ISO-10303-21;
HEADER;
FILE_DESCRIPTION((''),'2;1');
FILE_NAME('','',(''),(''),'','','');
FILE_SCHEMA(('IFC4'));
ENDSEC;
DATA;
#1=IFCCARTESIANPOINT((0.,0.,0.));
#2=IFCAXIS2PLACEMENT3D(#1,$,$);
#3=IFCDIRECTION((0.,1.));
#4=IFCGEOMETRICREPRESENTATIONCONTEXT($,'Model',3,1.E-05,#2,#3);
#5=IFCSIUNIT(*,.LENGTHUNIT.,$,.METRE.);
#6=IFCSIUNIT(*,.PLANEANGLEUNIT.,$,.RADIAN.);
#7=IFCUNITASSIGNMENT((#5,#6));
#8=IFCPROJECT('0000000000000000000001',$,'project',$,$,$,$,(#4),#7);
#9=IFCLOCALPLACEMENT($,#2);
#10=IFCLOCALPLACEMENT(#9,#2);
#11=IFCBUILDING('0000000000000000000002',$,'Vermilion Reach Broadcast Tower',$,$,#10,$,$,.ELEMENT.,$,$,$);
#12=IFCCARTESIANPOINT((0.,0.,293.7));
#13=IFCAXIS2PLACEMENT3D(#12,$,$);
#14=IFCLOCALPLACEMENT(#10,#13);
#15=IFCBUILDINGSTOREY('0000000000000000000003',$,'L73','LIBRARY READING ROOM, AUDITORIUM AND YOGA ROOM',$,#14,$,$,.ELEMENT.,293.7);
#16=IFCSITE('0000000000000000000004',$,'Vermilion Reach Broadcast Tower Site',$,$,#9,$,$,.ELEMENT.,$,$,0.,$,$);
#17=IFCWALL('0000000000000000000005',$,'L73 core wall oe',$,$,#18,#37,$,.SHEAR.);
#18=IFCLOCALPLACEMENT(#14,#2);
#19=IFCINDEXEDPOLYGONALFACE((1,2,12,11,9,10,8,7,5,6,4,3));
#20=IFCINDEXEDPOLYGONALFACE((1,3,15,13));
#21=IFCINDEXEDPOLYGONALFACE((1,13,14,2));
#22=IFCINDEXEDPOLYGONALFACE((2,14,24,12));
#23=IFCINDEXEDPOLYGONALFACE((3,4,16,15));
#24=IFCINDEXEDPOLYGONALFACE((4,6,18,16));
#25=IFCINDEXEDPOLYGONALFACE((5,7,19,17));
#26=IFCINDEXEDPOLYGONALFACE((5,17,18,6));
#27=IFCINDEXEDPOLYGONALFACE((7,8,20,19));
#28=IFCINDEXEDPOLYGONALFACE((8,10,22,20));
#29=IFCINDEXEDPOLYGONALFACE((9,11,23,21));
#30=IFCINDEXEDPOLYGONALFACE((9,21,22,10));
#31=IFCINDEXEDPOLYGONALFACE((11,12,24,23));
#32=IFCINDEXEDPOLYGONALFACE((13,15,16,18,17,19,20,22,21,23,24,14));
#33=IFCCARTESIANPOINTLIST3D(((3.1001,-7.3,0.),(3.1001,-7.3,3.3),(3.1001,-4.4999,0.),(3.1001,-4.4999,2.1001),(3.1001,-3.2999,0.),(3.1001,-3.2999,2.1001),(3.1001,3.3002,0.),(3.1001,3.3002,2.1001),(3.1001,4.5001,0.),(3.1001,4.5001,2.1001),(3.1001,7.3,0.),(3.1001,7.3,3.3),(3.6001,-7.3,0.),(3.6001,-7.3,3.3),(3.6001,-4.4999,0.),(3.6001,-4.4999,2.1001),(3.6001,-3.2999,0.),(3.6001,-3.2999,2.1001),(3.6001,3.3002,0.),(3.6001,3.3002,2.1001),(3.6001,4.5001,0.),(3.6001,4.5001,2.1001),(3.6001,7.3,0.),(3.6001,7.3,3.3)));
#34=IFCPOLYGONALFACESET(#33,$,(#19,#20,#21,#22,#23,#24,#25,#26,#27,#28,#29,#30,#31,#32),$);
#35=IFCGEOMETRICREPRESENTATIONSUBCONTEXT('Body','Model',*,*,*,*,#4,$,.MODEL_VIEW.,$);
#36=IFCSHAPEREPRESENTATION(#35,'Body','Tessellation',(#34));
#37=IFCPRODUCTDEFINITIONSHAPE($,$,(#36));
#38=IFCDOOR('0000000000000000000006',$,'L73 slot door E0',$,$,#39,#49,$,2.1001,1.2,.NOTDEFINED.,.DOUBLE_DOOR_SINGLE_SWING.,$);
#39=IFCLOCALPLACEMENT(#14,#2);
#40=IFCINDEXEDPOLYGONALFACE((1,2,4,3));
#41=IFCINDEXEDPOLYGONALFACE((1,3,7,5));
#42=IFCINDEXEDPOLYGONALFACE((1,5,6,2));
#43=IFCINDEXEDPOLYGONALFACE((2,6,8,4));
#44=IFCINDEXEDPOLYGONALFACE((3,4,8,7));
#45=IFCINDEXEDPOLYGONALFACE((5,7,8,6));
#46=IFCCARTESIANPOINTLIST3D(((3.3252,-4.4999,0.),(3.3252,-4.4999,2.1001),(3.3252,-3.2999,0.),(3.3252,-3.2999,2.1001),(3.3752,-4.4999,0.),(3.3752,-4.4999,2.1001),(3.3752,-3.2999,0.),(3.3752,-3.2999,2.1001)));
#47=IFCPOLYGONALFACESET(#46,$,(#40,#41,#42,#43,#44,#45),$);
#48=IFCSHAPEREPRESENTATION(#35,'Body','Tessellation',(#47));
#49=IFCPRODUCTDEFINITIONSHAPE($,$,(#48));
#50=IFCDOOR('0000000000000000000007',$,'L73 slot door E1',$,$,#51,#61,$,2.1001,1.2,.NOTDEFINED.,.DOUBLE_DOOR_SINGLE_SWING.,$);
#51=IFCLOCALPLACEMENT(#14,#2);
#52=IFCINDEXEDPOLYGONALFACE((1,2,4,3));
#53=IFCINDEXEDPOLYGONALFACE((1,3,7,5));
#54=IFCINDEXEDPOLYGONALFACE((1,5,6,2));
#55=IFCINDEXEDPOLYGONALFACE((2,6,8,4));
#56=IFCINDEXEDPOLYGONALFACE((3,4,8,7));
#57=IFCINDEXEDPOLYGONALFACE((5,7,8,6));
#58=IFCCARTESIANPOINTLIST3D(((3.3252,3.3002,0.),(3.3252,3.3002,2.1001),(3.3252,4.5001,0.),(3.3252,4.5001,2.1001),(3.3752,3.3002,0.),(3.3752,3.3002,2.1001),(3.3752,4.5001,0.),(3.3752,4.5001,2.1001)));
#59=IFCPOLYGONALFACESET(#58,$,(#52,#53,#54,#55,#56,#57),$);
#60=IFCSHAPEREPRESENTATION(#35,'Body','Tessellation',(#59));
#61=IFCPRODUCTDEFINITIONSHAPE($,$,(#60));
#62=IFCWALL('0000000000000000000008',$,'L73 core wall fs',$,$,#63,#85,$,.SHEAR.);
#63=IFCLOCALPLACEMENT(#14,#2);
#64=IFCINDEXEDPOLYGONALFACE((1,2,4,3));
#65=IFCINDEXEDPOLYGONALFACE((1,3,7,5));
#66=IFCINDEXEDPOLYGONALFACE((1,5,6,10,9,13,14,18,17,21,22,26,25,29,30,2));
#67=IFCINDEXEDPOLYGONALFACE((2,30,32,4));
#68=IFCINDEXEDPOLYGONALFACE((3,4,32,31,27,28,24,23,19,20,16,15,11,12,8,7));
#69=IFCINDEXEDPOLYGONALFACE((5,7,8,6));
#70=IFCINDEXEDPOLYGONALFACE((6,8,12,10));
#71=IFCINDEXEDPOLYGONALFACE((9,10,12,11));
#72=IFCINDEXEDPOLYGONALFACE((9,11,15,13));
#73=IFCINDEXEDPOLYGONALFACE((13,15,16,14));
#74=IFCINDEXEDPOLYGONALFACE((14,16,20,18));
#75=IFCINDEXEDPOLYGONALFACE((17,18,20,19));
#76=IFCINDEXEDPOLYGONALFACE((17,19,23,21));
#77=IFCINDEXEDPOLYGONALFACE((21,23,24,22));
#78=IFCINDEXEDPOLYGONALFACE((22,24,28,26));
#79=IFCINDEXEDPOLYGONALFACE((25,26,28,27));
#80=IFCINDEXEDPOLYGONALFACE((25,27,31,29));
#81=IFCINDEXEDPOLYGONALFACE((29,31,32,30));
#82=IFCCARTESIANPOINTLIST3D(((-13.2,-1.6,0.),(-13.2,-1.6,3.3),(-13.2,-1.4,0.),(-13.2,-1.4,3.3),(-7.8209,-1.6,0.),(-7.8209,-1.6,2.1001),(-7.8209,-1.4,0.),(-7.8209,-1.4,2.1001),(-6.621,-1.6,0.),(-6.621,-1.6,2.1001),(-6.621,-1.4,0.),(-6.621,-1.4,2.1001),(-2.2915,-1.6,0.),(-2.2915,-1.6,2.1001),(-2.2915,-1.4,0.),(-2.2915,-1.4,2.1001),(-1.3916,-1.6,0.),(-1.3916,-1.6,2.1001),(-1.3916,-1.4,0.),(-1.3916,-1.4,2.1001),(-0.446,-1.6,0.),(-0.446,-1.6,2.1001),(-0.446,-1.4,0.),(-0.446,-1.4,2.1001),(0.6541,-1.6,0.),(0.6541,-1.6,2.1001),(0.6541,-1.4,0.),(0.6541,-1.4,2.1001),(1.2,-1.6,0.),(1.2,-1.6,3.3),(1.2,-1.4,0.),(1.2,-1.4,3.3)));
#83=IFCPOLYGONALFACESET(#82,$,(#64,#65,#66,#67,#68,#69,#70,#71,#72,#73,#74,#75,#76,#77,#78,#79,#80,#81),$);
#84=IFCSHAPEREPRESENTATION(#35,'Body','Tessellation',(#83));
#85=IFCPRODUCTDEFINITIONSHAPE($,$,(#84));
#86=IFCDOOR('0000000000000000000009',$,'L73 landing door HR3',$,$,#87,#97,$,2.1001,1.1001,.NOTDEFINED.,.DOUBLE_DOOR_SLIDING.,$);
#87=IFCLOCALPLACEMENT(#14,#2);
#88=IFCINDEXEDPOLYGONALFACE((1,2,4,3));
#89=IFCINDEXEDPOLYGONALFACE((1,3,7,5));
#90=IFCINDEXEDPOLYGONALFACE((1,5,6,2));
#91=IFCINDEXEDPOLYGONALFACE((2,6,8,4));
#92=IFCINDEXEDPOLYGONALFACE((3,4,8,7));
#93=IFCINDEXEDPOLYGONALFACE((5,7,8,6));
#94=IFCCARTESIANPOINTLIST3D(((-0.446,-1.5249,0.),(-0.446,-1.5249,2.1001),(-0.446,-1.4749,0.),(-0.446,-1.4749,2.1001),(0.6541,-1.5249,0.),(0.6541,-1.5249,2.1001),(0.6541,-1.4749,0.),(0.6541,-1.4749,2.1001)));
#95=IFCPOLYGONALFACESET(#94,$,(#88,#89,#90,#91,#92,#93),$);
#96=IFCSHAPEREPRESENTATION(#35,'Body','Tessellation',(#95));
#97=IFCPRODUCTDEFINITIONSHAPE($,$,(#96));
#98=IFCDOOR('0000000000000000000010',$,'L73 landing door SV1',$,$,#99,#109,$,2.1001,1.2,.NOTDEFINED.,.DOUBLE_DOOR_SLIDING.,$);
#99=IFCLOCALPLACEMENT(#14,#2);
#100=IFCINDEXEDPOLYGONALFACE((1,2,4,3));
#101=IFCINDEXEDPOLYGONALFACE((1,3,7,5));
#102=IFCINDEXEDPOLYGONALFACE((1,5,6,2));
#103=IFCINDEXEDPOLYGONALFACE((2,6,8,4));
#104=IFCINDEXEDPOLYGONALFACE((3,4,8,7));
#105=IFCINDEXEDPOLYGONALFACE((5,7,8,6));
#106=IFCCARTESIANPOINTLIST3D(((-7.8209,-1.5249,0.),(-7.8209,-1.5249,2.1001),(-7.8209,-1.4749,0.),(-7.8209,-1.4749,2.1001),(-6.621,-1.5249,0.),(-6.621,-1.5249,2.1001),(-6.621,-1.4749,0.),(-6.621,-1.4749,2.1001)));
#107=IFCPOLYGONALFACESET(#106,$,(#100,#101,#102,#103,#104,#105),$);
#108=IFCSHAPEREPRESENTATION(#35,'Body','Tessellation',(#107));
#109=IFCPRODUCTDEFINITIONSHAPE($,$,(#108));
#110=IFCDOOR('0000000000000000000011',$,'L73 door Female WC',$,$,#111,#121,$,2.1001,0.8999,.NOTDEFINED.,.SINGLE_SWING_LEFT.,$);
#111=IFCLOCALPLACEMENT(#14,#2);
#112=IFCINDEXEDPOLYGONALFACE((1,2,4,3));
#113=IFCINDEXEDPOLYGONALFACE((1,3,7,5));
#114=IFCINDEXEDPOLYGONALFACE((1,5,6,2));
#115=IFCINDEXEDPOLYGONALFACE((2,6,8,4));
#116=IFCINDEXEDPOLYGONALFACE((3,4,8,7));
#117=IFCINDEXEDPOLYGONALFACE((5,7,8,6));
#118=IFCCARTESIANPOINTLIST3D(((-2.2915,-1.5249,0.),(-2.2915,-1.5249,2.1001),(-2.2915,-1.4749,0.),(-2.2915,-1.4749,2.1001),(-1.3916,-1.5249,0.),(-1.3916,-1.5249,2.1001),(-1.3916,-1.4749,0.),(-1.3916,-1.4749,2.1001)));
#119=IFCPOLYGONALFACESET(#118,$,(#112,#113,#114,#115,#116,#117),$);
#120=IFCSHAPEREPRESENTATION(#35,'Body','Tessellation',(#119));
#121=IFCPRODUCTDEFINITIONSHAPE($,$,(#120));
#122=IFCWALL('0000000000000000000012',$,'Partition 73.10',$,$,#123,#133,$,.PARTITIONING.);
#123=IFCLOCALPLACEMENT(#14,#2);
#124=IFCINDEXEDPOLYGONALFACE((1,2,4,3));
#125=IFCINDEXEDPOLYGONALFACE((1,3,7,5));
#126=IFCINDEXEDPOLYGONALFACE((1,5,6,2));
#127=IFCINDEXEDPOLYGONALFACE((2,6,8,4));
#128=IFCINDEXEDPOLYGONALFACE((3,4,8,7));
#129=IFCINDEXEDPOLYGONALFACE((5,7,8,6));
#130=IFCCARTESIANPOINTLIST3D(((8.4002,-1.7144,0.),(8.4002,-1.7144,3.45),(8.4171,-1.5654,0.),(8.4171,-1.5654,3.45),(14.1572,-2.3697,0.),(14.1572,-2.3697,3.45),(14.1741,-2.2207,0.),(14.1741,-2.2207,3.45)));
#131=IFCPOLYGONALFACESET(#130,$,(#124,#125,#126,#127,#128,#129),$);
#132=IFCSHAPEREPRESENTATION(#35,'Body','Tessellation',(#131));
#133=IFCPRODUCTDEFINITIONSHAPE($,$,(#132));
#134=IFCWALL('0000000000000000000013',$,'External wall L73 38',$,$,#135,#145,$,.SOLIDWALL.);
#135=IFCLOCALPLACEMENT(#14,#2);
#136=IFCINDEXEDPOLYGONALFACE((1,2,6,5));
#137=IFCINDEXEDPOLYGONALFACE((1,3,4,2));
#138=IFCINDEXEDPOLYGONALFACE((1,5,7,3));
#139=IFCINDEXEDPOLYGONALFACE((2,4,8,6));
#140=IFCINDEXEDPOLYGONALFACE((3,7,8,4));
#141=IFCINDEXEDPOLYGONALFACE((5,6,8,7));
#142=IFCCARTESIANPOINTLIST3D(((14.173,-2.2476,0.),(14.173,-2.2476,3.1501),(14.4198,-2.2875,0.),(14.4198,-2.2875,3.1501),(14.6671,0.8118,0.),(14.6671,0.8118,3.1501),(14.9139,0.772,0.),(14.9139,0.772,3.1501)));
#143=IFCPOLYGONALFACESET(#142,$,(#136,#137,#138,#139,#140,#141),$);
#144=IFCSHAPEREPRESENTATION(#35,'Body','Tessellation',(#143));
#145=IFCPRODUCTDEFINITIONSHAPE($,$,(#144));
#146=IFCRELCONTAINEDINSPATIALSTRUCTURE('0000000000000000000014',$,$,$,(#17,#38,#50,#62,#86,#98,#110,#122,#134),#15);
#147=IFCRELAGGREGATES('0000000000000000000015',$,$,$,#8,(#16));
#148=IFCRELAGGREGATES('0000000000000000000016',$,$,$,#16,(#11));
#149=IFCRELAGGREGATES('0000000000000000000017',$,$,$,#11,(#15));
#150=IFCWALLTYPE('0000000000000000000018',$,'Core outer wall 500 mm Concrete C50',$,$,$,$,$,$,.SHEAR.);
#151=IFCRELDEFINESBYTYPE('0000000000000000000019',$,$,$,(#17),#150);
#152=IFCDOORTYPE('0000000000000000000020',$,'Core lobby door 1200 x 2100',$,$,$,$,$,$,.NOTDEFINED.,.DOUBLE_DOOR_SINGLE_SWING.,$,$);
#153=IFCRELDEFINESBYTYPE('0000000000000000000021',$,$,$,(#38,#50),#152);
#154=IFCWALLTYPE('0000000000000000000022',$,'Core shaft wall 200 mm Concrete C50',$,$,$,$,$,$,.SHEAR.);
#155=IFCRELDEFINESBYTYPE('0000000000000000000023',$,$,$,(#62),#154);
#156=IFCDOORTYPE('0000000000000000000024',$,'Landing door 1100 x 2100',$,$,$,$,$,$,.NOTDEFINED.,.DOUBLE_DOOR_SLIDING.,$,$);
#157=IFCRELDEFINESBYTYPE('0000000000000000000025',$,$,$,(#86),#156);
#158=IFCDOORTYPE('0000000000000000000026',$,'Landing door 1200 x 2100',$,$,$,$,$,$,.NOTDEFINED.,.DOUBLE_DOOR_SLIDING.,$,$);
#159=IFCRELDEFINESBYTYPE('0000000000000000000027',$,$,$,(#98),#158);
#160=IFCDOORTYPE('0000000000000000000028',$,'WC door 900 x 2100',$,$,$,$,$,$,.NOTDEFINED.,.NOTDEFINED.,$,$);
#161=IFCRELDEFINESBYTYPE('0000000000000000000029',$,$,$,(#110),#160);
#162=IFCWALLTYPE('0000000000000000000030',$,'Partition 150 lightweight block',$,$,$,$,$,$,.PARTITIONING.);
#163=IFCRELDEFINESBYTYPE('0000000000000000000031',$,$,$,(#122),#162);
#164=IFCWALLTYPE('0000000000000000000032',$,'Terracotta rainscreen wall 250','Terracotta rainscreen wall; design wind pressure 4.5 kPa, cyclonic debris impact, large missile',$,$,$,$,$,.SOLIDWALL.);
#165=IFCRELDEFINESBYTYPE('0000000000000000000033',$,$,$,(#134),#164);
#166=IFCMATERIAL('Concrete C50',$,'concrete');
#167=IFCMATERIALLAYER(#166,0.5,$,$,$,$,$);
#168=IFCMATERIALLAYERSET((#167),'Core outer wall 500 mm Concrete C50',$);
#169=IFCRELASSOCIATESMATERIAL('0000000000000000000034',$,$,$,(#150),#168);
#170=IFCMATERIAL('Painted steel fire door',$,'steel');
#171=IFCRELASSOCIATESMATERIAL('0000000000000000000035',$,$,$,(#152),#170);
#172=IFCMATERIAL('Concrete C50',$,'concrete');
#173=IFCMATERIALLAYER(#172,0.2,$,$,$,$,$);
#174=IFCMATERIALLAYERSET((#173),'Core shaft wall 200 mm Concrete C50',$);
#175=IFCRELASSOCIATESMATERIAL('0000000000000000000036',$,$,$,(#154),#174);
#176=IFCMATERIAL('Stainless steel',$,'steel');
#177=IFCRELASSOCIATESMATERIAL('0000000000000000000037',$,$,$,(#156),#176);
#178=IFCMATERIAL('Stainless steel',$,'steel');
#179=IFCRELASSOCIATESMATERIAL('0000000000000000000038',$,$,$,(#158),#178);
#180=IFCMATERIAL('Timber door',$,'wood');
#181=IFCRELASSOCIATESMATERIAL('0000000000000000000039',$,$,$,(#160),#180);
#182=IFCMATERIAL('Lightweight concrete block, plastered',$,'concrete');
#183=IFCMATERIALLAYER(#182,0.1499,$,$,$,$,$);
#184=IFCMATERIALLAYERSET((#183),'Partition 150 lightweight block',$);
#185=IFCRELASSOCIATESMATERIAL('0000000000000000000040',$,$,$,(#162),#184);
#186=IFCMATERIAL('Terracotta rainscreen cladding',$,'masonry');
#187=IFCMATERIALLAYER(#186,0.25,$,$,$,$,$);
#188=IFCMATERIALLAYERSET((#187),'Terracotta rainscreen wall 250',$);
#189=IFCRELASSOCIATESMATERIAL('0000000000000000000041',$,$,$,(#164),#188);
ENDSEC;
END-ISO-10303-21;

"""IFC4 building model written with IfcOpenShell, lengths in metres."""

from ifc_helpers import new_model, si_unit, direction, frame, frame_2d, origin, place, context, subcontext, project, spatial, rectangle, extrude, material, layer, layer_set, type_object, element, fill, save


model = new_model("IFC4")

# Units and contexts
model_context = context("Model", 3, precision=1e-05, world=origin(), true_north=direction((0.0, 1.0)))
body_context = subcontext(model_context, "Body", "Model", "MODEL_VIEW")
ifc_project = project(units=[si_unit("LENGTHUNIT", "METRE"), si_unit("PLANEANGLEUNIT", "RADIAN")], contexts=[model_context])

# Site, building, storey
site_placement = place(None, origin())
site = spatial("IfcSite", under=ifc_project, at=site_placement, Name="Vermilion Reach Broadcast Tower Site", CompositionType="ELEMENT", RefElevation=0.0)
building_placement = place(site_placement, origin())
building = spatial("IfcBuilding", under=site, at=building_placement, Name="Vermilion Reach Broadcast Tower", CompositionType="ELEMENT")
storey_placement = place(building_placement, frame((0.0, 0.0, 293.7)))
storey = spatial("IfcBuildingStorey", under=building, at=storey_placement, Name="L73", Description="LIBRARY READING ROOM, AUDITORIUM AND YOGA ROOM", CompositionType="ELEMENT", Elevation=293.7)

# Walls, openings, doors
ifc_material_1 = material(Name="Concrete C50", Category="concrete")
ifc_layer_1 = layer(ifc_material_1, 0.5)
ifc_layer_set_1 = layer_set([ifc_layer_1], Name="Core outer wall 500 mm Concrete C50")
wall_type_1 = type_object("IfcWallType", Name="Core outer wall 500 mm Concrete C50", PredefinedType="SHEAR", material=ifc_layer_set_1)
wall_1_placement = place(storey_placement, frame((3.3501, -7.3, 0.0), z_axis=(0.0, 0.0, 1.0), x_axis=(0.0, 1.0, 0.0)))
wall_1 = element("IfcWall", 1, at=wall_1_placement, inside=storey, type_object=wall_type_1, Name="L73 core wall oe", PredefinedType="SHEAR", context=body_context, shape_type="SweptSolid", body=[
    extrude(rectangle(XDim=14.6001, YDim=0.5, at=frame_2d((7.3, 0.0))), origin(), (0.0, 0.0, 1.0), 3.3),
])
opening_1_placement = place(wall_1_placement, frame((2.8, 0.0, 0.0)))
opening_1 = element("IfcOpeningElement", 2, at=opening_1_placement, cuts=wall_1, PredefinedType="OPENING", context=body_context, shape_type="SweptSolid", body=[
    extrude(rectangle(XDim=1.2, YDim=2.1001, at=frame_2d((0.6001, 1.05))), frame((0.0, 0.26, 0.0), z_axis=(0.0, -1.0, 0.0), x_axis=(1.0, 0.0, 0.0)), (0.0, 0.0, 1.0), 0.52),
])
opening_2_placement = place(wall_1_placement, frame((10.6001, 0.0, 0.0)))
opening_2 = element("IfcOpeningElement", 3, at=opening_2_placement, cuts=wall_1, PredefinedType="OPENING", context=body_context, shape_type="SweptSolid", body=[
    extrude(rectangle(XDim=1.2, YDim=2.1001, at=frame_2d((0.6001, 1.05))), frame((0.0, 0.26, 0.0), z_axis=(0.0, -1.0, 0.0), x_axis=(1.0, 0.0, 0.0)), (0.0, 0.0, 1.0), 0.52),
])
ifc_material_2 = material(Name="Painted steel fire door", Category="steel")
door_type_1 = type_object("IfcDoorType", Name="Core lobby door 1200 x 2100", OperationType="DOUBLE_DOOR_SINGLE_SWING", PredefinedType="NOTDEFINED", material=ifc_material_2)
door_1_placement = place(opening_1_placement, origin())
door_1 = element("IfcDoor", 4, at=door_1_placement, inside=storey, type_object=door_type_1, Name="L73 slot door E0", OperationType="DOUBLE_DOOR_SINGLE_SWING", OverallHeight=2.1001, OverallWidth=1.2, PredefinedType="NOTDEFINED", context=body_context, shape_type="SweptSolid", body=[
    extrude(rectangle(XDim=1.2, YDim=2.1001, at=frame_2d((0.6001, 1.05))), frame((0.0, 0.0249, 0.0), z_axis=(0.0, -1.0, 0.0), x_axis=(1.0, 0.0, 0.0)), (0.0, 0.0, 1.0), 0.05),
])
fill(opening_1, door_1)
door_2_placement = place(opening_2_placement, origin())
door_2 = element("IfcDoor", 5, at=door_2_placement, inside=storey, type_object=door_type_1, Name="L73 slot door E1", OperationType="DOUBLE_DOOR_SINGLE_SWING", OverallHeight=2.1001, OverallWidth=1.2, PredefinedType="NOTDEFINED", context=body_context, shape_type="SweptSolid", body=[
    extrude(rectangle(XDim=1.2, YDim=2.1001, at=frame_2d((0.6001, 1.05))), frame((0.0, 0.0249, 0.0), z_axis=(0.0, -1.0, 0.0), x_axis=(1.0, 0.0, 0.0)), (0.0, 0.0, 1.0), 0.05),
])
fill(opening_2, door_2)
ifc_material_3 = material(Name="Concrete C50", Category="concrete")
ifc_layer_2 = layer(ifc_material_3, 0.2)
ifc_layer_set_2 = layer_set([ifc_layer_2], Name="Core shaft wall 200 mm Concrete C50")
wall_type_2 = type_object("IfcWallType", Name="Core shaft wall 200 mm Concrete C50", PredefinedType="SHEAR", material=ifc_layer_set_2)
wall_2_placement = place(storey_placement, frame((1.2, -1.5, 0.0), z_axis=(0.0, 0.0, 1.0), x_axis=(-1.0, 0.0, 0.0)))
wall_2 = element("IfcWall", 6, at=wall_2_placement, inside=storey, type_object=wall_type_2, Name="L73 core wall fs", PredefinedType="SHEAR", context=body_context, shape_type="SweptSolid", body=[
    extrude(rectangle(XDim=14.3999, YDim=0.2, at=frame_2d((7.2, 0.0))), origin(), (0.0, 0.0, 1.0), 3.3),
])
opening_3_placement = place(wall_2_placement, frame((7.8208, 0.0, 0.0)))
opening_3 = element("IfcOpeningElement", 7, at=opening_3_placement, cuts=wall_2, PredefinedType="OPENING", context=body_context, shape_type="SweptSolid", body=[
    extrude(rectangle(XDim=1.2, YDim=2.1001, at=frame_2d((0.6001, 1.05))), frame((0.0, 0.1099, 0.0), z_axis=(0.0, -1.0, 0.0), x_axis=(1.0, 0.0, 0.0)), (0.0, 0.0, 1.0), 0.22),
])
opening_4_placement = place(wall_2_placement, frame((0.5459, 0.0, 0.0)))
opening_4 = element("IfcOpeningElement", 8, at=opening_4_placement, cuts=wall_2, PredefinedType="OPENING", context=body_context, shape_type="SweptSolid", body=[
    extrude(rectangle(XDim=1.1001, YDim=2.1001, at=frame_2d((0.55, 1.05))), frame((0.0, 0.1099, 0.0), z_axis=(0.0, -1.0, 0.0), x_axis=(1.0, 0.0, 0.0)), (0.0, 0.0, 1.0), 0.22),
])
opening_5_placement = place(wall_2_placement, frame((2.5916, 0.0, 0.0)))
opening_5 = element("IfcOpeningElement", 9, at=opening_5_placement, cuts=wall_2, PredefinedType="OPENING", context=body_context, shape_type="SweptSolid", body=[
    extrude(rectangle(XDim=0.8999, YDim=2.1001, at=frame_2d((0.45, 1.05))), frame((0.0, 0.1099, 0.0), z_axis=(0.0, -1.0, 0.0), x_axis=(1.0, 0.0, 0.0)), (0.0, 0.0, 1.0), 0.22),
])
ifc_material_4 = material(Name="Stainless steel", Category="steel")
door_type_2 = type_object("IfcDoorType", Name="Landing door 1100 x 2100", OperationType="DOUBLE_DOOR_SLIDING", PredefinedType="NOTDEFINED", material=ifc_material_4)
door_3_placement = place(opening_4_placement, origin())
door_3 = element("IfcDoor", 10, at=door_3_placement, inside=storey, type_object=door_type_2, Name="L73 landing door HR3", OperationType="DOUBLE_DOOR_SLIDING", OverallHeight=2.1001, OverallWidth=1.1001, PredefinedType="NOTDEFINED", context=body_context, shape_type="SweptSolid", body=[
    extrude(rectangle(XDim=1.1001, YDim=2.1001, at=frame_2d((0.55, 1.05))), frame((0.0, 0.0249, 0.0), z_axis=(0.0, -1.0, 0.0), x_axis=(1.0, 0.0, 0.0)), (0.0, 0.0, 1.0), 0.05),
])
fill(opening_4, door_3)
ifc_material_5 = material(Name="Stainless steel", Category="steel")
door_type_3 = type_object("IfcDoorType", Name="Landing door 1200 x 2100", OperationType="DOUBLE_DOOR_SLIDING", PredefinedType="NOTDEFINED", material=ifc_material_5)
door_4_placement = place(opening_3_placement, origin())
door_4 = element("IfcDoor", 11, at=door_4_placement, inside=storey, type_object=door_type_3, Name="L73 landing door SV1", OperationType="DOUBLE_DOOR_SLIDING", OverallHeight=2.1001, OverallWidth=1.2, PredefinedType="NOTDEFINED", context=body_context, shape_type="SweptSolid", body=[
    extrude(rectangle(XDim=1.2, YDim=2.1001, at=frame_2d((0.6001, 1.05))), frame((0.0, 0.0249, 0.0), z_axis=(0.0, -1.0, 0.0), x_axis=(1.0, 0.0, 0.0)), (0.0, 0.0, 1.0), 0.05),
])
fill(opening_3, door_4)
ifc_material_6 = material(Name="Timber door", Category="wood")
door_type_4 = type_object("IfcDoorType", Name="WC door 900 x 2100", OperationType="NOTDEFINED", PredefinedType="NOTDEFINED", material=ifc_material_6)
door_5_placement = place(opening_5_placement, origin())
door_5 = element("IfcDoor", 12, at=door_5_placement, inside=storey, type_object=door_type_4, Name="L73 door Female WC", OperationType="SINGLE_SWING_LEFT", OverallHeight=2.1001, OverallWidth=0.8999, PredefinedType="NOTDEFINED", context=body_context, shape_type="SweptSolid", body=[
    extrude(rectangle(XDim=0.8999, YDim=2.1001, at=frame_2d((0.45, 1.05))), frame((0.0, 0.0249, 0.0), z_axis=(0.0, -1.0, 0.0), x_axis=(1.0, 0.0, 0.0)), (0.0, 0.0, 1.0), 0.05),
])
fill(opening_5, door_5)

# Walls
ifc_material_7 = material(Name="Lightweight concrete block, plastered", Category="concrete")
ifc_layer_3 = layer(ifc_material_7, 0.1499)
ifc_layer_set_3 = layer_set([ifc_layer_3], Name="Partition 150 lightweight block")
wall_type_3 = type_object("IfcWallType", Name="Partition 150 lightweight block", PredefinedType="PARTITIONING", material=ifc_layer_set_3)
wall_3_placement = place(storey_placement, frame((14.1655, -2.2952, 0.0), z_axis=(0.0, 0.0, 1.0), x_axis=(-0.993585, 0.11309, 0.0)))
element("IfcWall", 13, at=wall_3_placement, inside=storey, type_object=wall_type_3, Name="Partition 73.10", PredefinedType="PARTITIONING", context=body_context, shape_type="SweptSolid", body=[
    extrude(rectangle(XDim=5.7942, YDim=0.1499, at=frame_2d((2.897, 0.0))), origin(), (0.0, 0.0, 1.0), 3.45),
])
ifc_material_8 = material(Name="Terracotta rainscreen cladding", Category="masonry")
ifc_layer_4 = layer(ifc_material_8, 0.25)
ifc_layer_set_4 = layer_set([ifc_layer_4], Name="Terracotta rainscreen wall 250")
wall_type_4 = type_object("IfcWallType", Name="Terracotta rainscreen wall 250", Description="Terracotta rainscreen wall; design wind pressure 4.5 kPa, cyclonic debris impact, large missile", PredefinedType="SOLIDWALL", material=ifc_layer_set_4)
wall_4_placement = place(storey_placement, frame((14.2964, -2.2676, 0.0), z_axis=(0.0, 0.0, 1.0), x_axis=(0.15944, 0.987208, 0.0)))
element("IfcWall", 14, at=wall_4_placement, inside=storey, type_object=wall_type_4, Name="External wall L73 38", PredefinedType="SOLIDWALL", context=body_context, shape_type="SweptSolid", body=[
    extrude(rectangle(XDim=3.0991, YDim=0.25, at=frame_2d((1.5496, 0.0))), origin(), (0.0, 0.0, 1.0), 3.1501),
])

save(model, "model.ifc")
